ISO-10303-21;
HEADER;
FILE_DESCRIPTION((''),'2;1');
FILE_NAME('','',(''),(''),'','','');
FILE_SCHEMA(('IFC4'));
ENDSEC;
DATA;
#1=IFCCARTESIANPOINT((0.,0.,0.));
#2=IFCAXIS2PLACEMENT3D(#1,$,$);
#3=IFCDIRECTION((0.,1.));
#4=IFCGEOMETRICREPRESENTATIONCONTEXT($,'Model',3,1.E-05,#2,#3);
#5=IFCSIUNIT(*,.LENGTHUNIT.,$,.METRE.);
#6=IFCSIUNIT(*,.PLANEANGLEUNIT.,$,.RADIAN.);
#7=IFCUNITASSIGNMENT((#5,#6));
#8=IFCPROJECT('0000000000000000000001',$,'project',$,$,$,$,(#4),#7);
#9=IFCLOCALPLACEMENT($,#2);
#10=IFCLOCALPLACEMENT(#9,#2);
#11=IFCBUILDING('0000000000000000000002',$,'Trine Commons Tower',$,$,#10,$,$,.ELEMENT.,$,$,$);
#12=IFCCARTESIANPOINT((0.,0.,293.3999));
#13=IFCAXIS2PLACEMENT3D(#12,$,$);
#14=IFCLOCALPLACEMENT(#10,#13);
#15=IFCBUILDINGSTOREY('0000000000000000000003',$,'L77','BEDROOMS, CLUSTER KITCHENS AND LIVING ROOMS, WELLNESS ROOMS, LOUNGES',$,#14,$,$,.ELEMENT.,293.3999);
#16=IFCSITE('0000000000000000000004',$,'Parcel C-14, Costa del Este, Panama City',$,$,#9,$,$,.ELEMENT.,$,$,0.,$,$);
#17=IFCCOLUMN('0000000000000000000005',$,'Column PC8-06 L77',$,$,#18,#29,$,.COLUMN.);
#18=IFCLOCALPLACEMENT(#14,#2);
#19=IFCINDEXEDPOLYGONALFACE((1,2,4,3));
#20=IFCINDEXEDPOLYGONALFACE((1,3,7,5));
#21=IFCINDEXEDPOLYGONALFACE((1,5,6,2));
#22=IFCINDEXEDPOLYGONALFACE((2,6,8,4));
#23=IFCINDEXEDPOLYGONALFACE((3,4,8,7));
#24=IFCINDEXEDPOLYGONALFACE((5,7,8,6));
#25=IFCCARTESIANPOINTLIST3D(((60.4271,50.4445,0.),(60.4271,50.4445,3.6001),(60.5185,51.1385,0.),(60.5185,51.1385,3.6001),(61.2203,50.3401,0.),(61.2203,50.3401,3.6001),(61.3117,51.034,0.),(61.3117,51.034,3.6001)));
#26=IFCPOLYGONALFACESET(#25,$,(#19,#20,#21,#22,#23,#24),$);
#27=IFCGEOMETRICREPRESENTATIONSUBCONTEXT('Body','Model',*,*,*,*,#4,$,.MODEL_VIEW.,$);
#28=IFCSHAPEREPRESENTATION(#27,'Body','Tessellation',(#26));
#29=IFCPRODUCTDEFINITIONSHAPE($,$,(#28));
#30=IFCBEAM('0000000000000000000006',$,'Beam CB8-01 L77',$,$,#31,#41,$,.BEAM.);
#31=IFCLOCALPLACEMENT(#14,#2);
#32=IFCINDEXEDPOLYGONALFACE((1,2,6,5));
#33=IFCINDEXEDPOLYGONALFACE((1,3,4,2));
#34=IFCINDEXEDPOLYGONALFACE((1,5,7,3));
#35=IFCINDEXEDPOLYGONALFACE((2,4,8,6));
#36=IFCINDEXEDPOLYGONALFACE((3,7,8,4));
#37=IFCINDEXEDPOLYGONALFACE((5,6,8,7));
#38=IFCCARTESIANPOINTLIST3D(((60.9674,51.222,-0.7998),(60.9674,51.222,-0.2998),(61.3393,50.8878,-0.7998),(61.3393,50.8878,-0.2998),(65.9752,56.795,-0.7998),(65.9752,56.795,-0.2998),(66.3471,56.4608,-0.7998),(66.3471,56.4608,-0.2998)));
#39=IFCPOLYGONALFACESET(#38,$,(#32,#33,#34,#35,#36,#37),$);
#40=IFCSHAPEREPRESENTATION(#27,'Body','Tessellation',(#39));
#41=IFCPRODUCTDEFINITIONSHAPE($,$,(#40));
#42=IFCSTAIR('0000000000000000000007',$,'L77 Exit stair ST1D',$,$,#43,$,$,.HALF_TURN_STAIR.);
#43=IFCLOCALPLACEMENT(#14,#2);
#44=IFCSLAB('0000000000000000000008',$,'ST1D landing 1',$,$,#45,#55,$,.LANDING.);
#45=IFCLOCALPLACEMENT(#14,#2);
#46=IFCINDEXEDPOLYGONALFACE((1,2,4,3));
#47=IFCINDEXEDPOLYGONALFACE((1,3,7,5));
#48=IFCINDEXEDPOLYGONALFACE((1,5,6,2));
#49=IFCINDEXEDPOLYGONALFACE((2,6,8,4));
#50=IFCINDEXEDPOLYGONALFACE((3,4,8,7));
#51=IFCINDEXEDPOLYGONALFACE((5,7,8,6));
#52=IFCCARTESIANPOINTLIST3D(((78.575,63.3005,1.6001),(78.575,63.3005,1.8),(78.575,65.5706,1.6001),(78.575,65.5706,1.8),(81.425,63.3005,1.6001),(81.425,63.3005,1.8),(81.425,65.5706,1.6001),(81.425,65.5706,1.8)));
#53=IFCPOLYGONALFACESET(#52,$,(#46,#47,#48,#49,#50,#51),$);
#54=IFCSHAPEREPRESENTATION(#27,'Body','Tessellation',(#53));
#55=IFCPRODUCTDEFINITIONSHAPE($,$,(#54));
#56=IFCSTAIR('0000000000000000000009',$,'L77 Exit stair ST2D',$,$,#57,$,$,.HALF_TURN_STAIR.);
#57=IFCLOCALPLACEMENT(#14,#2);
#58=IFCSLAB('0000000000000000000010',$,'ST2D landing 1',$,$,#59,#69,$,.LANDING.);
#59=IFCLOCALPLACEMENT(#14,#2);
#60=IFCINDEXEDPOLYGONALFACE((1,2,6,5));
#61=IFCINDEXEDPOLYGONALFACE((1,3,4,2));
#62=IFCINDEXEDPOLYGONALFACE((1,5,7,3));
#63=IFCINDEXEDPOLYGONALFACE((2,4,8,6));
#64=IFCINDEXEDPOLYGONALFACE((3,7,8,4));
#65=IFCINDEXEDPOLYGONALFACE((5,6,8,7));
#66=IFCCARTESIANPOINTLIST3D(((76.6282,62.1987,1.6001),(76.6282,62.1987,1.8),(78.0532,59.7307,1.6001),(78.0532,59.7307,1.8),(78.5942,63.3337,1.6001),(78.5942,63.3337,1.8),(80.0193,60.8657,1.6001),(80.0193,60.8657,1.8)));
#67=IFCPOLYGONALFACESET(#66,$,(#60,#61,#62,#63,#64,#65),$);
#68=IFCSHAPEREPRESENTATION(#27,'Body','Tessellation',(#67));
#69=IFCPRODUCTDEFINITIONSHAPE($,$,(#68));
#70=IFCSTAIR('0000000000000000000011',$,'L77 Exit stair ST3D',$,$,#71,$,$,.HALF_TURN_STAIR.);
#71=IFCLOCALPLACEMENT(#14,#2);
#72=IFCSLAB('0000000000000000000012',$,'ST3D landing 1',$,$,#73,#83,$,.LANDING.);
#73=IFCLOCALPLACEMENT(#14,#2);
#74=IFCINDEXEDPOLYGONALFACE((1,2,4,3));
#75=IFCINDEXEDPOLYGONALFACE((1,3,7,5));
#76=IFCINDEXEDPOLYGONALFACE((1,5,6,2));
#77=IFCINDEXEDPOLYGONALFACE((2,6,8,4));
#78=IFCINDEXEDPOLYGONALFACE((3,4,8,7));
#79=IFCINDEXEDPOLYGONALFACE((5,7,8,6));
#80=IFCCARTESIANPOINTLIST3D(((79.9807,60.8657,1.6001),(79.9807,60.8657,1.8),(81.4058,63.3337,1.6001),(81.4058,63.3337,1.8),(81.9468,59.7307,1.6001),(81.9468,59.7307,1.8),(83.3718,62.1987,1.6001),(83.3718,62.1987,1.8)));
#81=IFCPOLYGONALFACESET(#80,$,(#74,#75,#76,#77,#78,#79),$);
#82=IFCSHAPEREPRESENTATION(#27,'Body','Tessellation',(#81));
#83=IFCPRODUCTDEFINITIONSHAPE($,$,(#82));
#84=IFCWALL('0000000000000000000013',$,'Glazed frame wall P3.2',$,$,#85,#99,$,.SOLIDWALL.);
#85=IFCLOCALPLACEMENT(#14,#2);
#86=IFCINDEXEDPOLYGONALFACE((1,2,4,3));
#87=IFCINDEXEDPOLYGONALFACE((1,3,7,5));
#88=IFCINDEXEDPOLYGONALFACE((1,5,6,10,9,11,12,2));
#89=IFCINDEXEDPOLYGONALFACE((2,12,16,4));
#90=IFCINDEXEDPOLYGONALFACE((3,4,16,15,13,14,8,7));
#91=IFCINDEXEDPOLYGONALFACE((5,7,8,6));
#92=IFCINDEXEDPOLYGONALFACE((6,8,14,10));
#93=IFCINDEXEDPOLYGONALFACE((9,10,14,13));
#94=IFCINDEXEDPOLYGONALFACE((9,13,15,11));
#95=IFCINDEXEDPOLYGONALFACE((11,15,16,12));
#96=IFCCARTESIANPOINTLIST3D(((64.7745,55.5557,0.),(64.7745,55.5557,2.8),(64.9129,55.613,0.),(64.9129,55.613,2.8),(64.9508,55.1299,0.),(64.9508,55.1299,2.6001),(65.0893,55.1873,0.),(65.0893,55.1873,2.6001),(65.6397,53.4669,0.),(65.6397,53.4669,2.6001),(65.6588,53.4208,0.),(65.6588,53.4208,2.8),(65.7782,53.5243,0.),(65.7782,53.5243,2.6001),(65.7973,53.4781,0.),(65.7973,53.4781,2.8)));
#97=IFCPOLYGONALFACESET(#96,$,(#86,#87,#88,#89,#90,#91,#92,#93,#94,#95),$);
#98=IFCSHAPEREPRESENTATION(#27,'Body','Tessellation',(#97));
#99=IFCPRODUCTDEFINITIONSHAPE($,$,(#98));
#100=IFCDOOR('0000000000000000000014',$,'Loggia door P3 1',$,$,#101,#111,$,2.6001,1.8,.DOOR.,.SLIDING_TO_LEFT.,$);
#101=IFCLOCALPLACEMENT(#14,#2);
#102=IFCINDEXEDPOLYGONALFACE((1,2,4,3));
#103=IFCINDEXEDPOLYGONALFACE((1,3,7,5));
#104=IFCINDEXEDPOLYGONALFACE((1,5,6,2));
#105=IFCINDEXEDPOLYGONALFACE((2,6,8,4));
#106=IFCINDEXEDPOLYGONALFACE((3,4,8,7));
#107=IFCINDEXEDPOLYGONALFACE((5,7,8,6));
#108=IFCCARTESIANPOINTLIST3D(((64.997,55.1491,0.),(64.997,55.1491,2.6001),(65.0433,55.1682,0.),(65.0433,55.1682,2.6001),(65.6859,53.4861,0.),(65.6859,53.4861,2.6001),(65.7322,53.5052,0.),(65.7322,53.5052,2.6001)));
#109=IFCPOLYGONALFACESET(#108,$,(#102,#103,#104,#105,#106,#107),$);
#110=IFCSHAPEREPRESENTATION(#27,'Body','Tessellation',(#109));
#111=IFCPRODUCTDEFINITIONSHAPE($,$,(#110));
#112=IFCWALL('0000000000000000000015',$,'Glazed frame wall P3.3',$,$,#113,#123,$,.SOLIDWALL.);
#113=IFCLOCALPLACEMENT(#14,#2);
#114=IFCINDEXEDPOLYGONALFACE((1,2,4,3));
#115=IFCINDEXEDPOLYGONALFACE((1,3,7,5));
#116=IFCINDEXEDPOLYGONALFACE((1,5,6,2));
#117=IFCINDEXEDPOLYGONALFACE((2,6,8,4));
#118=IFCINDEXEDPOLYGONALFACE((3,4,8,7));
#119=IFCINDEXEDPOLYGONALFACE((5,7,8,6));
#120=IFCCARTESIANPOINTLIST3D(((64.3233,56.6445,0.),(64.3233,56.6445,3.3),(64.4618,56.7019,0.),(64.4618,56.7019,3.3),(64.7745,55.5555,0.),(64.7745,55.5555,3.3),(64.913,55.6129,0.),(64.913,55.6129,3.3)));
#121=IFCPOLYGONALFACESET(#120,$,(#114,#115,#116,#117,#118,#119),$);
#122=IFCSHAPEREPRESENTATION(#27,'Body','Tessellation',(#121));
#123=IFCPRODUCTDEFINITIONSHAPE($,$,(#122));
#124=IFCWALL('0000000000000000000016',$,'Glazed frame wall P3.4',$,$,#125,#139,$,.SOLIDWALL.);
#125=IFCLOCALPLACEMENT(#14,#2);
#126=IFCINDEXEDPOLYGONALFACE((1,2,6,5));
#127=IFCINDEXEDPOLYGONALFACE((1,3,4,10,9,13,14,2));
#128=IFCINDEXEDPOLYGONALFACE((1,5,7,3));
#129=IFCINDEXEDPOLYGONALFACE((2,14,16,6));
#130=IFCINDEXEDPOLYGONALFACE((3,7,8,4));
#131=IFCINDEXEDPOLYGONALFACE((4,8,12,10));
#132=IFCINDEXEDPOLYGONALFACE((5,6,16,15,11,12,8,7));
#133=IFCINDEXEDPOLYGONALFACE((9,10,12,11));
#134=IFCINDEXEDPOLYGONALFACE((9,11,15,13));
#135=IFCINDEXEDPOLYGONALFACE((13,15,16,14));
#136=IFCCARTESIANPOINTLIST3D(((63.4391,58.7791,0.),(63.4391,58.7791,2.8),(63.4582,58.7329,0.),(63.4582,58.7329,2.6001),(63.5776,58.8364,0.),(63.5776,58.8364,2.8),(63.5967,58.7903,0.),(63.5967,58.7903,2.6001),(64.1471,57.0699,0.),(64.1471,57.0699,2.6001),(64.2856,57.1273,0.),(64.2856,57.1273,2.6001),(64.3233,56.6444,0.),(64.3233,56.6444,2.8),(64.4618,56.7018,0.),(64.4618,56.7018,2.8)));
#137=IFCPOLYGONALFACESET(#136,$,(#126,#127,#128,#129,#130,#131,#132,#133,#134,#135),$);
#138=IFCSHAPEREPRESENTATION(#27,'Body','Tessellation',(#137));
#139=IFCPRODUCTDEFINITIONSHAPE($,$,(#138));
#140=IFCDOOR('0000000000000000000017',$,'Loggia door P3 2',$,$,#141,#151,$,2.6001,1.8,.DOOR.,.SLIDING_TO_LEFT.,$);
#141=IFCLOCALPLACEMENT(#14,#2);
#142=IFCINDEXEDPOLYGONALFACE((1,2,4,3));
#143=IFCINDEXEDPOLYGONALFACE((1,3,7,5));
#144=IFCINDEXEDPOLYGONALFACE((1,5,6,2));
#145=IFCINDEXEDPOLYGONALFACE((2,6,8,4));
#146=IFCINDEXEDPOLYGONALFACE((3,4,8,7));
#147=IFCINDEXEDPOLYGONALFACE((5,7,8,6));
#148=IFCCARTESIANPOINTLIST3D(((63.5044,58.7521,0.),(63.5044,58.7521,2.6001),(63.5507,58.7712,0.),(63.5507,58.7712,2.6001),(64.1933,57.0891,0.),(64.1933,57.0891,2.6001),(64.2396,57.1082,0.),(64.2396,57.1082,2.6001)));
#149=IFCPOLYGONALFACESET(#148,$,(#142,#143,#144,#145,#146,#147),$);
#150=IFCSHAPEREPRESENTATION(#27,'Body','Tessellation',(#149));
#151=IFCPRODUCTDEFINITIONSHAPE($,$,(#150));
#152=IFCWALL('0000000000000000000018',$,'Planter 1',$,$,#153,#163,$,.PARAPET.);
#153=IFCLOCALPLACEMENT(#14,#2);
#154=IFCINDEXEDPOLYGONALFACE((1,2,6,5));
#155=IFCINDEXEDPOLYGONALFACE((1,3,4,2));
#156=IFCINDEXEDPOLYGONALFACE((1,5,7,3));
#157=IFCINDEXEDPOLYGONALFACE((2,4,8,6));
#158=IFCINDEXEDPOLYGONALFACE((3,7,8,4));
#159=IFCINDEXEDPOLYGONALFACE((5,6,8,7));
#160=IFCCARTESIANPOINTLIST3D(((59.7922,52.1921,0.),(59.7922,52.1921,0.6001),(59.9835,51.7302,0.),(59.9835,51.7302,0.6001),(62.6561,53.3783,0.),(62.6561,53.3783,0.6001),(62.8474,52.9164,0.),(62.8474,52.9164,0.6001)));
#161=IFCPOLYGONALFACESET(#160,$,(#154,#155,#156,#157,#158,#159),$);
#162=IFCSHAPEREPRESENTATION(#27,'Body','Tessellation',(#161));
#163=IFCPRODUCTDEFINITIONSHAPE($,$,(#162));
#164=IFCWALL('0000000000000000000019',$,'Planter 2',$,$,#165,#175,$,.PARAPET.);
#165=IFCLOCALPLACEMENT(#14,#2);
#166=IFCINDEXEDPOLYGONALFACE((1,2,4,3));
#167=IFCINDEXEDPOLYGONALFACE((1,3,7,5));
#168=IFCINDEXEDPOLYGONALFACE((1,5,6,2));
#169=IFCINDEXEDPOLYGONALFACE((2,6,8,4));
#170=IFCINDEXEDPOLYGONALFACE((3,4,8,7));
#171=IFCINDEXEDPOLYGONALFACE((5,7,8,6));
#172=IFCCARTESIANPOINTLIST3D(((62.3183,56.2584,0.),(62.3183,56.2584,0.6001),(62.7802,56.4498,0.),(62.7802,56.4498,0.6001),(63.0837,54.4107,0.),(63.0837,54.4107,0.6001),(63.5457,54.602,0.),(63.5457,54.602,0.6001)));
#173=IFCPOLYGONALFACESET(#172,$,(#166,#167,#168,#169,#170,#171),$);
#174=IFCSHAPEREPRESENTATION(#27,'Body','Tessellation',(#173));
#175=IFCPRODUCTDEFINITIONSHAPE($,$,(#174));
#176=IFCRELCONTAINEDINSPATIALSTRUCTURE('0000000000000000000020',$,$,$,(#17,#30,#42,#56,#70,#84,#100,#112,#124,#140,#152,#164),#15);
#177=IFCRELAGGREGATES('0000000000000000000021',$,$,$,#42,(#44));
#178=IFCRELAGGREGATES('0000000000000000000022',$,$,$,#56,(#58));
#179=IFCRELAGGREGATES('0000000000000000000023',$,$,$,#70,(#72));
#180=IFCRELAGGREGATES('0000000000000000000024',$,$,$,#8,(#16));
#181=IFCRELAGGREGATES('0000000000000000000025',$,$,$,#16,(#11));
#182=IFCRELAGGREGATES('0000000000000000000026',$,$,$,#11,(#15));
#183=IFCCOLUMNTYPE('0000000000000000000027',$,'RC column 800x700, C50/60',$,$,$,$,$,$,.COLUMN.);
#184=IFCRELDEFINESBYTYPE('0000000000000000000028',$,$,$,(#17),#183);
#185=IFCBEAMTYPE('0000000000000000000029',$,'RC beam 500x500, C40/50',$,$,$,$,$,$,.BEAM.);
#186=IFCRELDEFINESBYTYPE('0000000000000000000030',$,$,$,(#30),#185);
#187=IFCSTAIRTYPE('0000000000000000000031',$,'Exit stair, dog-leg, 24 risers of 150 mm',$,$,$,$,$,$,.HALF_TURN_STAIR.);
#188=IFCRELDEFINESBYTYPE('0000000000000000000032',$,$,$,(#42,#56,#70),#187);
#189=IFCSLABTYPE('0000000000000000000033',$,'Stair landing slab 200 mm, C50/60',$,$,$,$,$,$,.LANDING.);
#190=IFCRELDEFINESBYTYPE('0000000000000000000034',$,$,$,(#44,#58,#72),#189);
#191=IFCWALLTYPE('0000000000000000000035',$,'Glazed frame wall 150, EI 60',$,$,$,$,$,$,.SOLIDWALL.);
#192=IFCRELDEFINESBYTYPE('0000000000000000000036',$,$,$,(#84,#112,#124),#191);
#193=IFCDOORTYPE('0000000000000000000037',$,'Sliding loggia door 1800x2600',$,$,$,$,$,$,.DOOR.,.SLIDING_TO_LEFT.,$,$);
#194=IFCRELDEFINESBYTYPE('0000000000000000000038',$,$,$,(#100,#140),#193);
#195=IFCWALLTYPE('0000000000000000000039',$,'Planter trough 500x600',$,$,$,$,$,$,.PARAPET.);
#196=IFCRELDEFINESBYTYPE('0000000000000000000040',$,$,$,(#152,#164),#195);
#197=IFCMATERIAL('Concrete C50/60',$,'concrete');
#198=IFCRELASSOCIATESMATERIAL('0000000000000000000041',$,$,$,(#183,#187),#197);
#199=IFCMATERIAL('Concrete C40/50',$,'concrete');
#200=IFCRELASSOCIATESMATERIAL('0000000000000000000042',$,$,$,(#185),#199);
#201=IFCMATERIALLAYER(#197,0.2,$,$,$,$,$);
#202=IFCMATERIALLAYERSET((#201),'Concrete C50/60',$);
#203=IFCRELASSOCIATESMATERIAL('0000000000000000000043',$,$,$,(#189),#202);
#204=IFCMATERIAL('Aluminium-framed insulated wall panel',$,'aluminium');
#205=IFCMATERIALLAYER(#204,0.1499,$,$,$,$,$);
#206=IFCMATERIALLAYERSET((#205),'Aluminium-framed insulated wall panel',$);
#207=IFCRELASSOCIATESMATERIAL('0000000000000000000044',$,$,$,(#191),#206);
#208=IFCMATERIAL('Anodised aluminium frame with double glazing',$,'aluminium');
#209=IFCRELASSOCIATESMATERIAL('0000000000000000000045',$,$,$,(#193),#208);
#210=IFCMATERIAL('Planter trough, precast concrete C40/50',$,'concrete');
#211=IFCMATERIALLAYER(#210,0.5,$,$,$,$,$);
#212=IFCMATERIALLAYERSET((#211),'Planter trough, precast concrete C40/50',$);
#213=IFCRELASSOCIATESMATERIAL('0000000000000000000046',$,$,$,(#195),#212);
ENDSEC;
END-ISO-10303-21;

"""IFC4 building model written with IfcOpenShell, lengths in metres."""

from ifc_helpers import new_model, si_unit, direction, frame, frame_2d, origin, origin_2d, place, context, subcontext, project, spatial, polyline, rectangle, outline, extrude, material, layer, layer_set, material_profile, profile_set, type_object, element, fill, aggregate, save


model = new_model("IFC4")

# Units and contexts
model_context = context("Model", 3, precision=1e-05, world=origin(), true_north=direction((0.0, 1.0)))
body_context = subcontext(model_context, "Body", "Model", "MODEL_VIEW")
ifc_project = project(units=[si_unit("LENGTHUNIT", "METRE"), si_unit("PLANEANGLEUNIT", "RADIAN")], contexts=[model_context])

# Site, building, storey
site_placement = place(None, origin())
site = spatial("IfcSite", under=ifc_project, at=site_placement, Name="Parcel C-14, Costa del Este, Panama City", CompositionType="ELEMENT", RefElevation=0.0)
building_placement = place(site_placement, origin())
building = spatial("IfcBuilding", under=site, at=building_placement, Name="Trine Commons Tower", CompositionType="ELEMENT")
storey_placement = place(building_placement, frame((0.0, 0.0, 293.3999)))
storey = spatial("IfcBuildingStorey", under=building, at=storey_placement, Name="L77", Description="BEDROOMS, CLUSTER KITCHENS AND LIVING ROOMS, WELLNESS ROOMS, LOUNGES", CompositionType="ELEMENT", Elevation=293.3999)

# Column
ifc_material_1 = material(Name="Concrete C50/60", Category="concrete")
ifc_material_profile_1 = material_profile(ifc_material_1, rectangle(XDim=0.8, YDim=0.7, at=origin_2d()), Name="RC 800x700")
ifc_profile_set_1 = profile_set([ifc_material_profile_1], Name="Concrete C50/60")
column_type = type_object("IfcColumnType", Name="RC column 800x700, C50/60", PredefinedType="COLUMN", material=ifc_profile_set_1)
column_placement = place(storey_placement, frame((60.8694, 50.7393, 0.0), z_axis=(0.0, 0.0, 1.0), x_axis=(-0.991445, 0.130526, 0.0)))
element("IfcColumn", 1, at=column_placement, inside=storey, type_object=column_type, Name="Column PC8-06 L77", PredefinedType="COLUMN", context=body_context, shape_type="SweptSolid", body=[
    extrude(rectangle(XDim=0.8, YDim=0.7, at=origin_2d()), origin(), (0.0, 0.0, 1.0), 3.6001),
])

# Beam
ifc_material_2 = material(Name="Concrete C40/50", Category="concrete")
ifc_material_profile_2 = material_profile(ifc_material_2, rectangle(XDim=0.5, YDim=0.5, at=origin_2d()), Name="RC 500x500")
ifc_profile_set_2 = profile_set([ifc_material_profile_2], Name="Concrete C40/50")
beam_type = type_object("IfcBeamType", Name="RC beam 500x500, C40/50", PredefinedType="BEAM", material=ifc_profile_set_2)
beam_placement = place(storey_placement, frame((61.1533, 51.0549, -0.5498), z_axis=(0.668383, 0.743817, 0.0), x_axis=(-0.743817, 0.668383, 0.0)))
element("IfcBeam", 2, at=beam_placement, inside=storey, type_object=beam_type, Name="Beam CB8-01 L77", PredefinedType="BEAM", context=body_context, shape_type="SweptSolid", body=[
    extrude(rectangle(XDim=0.5, YDim=0.5, at=origin_2d()), origin(), (0.0, 0.0, 1.0), 7.4924),
])

# Stairs, slabs
stair_type = type_object("IfcStairType", Name="Exit stair, dog-leg, 24 risers of 150 mm", PredefinedType="HALF_TURN_STAIR", material=ifc_material_1)
stair_1_placement = place(storey_placement, origin())
stair_1 = element("IfcStair", 3, at=stair_1_placement, inside=storey, type_object=stair_type, Name="L77 Exit stair ST1D", PredefinedType="HALF_TURN_STAIR")
ifc_layer_1 = layer(ifc_material_1, 0.2)
ifc_layer_set_1 = layer_set([ifc_layer_1], Name="Concrete C50/60")
slab_type = type_object("IfcSlabType", Name="Stair landing slab 200 mm, C50/60", PredefinedType="LANDING", material=ifc_layer_set_1)
slab_1_placement = place(storey_placement, frame((0.0, 0.0, 1.6001)))
slab_1 = element("IfcSlab", 4, at=slab_1_placement, type_object=slab_type, Name="ST1D landing 1", PredefinedType="LANDING", context=body_context, shape_type="SweptSolid", body=[
    extrude(outline(polyline([(78.575, 65.5706), (78.575, 63.3005), (81.425, 63.3005), (81.425, 65.5706), (78.575, 65.5706)])), origin(), (0.0, 0.0, 1.0), 0.2),
])
aggregate(stair_1, [slab_1])
stair_2_placement = place(storey_placement, origin())
stair_2 = element("IfcStair", 5, at=stair_2_placement, inside=storey, type_object=stair_type, Name="L77 Exit stair ST2D", PredefinedType="HALF_TURN_STAIR")
slab_2_placement = place(storey_placement, frame((0.0, 0.0, 1.6001)))
slab_2 = element("IfcSlab", 6, at=slab_2_placement, type_object=slab_type, Name="ST2D landing 1", PredefinedType="LANDING", context=body_context, shape_type="SweptSolid", body=[
    extrude(outline(polyline([(78.0532, 59.7307), (80.0193, 60.8657), (78.5942, 63.3337), (76.6282, 62.1987), (78.0532, 59.7307)])), origin(), (0.0, 0.0, 1.0), 0.2),
])
aggregate(stair_2, [slab_2])
stair_3_placement = place(storey_placement, origin())
stair_3 = element("IfcStair", 7, at=stair_3_placement, inside=storey, type_object=stair_type, Name="L77 Exit stair ST3D", PredefinedType="HALF_TURN_STAIR")
slab_3_placement = place(storey_placement, frame((0.0, 0.0, 1.6001)))
slab_3 = element("IfcSlab", 8, at=slab_3_placement, type_object=slab_type, Name="ST3D landing 1", PredefinedType="LANDING", context=body_context, shape_type="SweptSolid", body=[
    extrude(outline(polyline([(83.3718, 62.1987), (81.4058, 63.3337), (79.9807, 60.8657), (81.9468, 59.7307), (83.3718, 62.1987)])), origin(), (0.0, 0.0, 1.0), 0.2),
])
aggregate(stair_3, [slab_3])

# Shared definitions
ifc_material_3 = material(Name="Aluminium-framed insulated wall panel", Category="aluminium")
ifc_layer_2 = layer(ifc_material_3, 0.1499)
ifc_layer_set_2 = layer_set([ifc_layer_2], Name="Aluminium-framed insulated wall panel")
wall_type_1 = type_object("IfcWallType", Name="Glazed frame wall 150, EI 60", PredefinedType="SOLIDWALL", material=ifc_layer_set_2)

# Wall, opening, door
wall_1_placement = place(storey_placement, frame((65.728, 53.4495, 0.0), z_axis=(0.0, 0.0, 1.0), x_axis=(-0.382694, 0.923875, 0.0)))
wall_1 = element("IfcWall", 9, at=wall_1_placement, inside=storey, type_object=wall_type_1, Name="Glazed frame wall P3.2", PredefinedType="SOLIDWALL", context=body_context, shape_type="SweptSolid", body=[
    extrude(outline(polyline([(0.0, -0.075), (2.3108, -0.075), (2.3108, 0.075), (0.0, 0.075), (0.0, -0.075)])), origin(), (0.0, 0.0, 1.0), 2.8),
])
opening_1_placement = place(wall_1_placement, frame((0.05, 0.0, 0.0)))
opening_1 = element("IfcOpeningElement", 10, at=opening_1_placement, cuts=wall_1, PredefinedType="OPENING", context=body_context, shape_type="SweptSolid", body=[
    extrude(rectangle(XDim=1.8, YDim=2.6001, at=frame_2d((0.8999, 1.3))), frame((0.0, 0.085, 0.0), z_axis=(0.0, -1.0, 0.0), x_axis=(1.0, 0.0, 0.0)), (0.0, 0.0, 1.0), 0.1699),
])
ifc_material_4 = material(Name="Anodised aluminium frame with double glazing", Category="aluminium")
door_type = type_object("IfcDoorType", Name="Sliding loggia door 1800x2600", OperationType="SLIDING_TO_LEFT", PredefinedType="DOOR", material=ifc_material_4)
door_1_placement = place(opening_1_placement, origin())
door_1 = element("IfcDoor", 11, at=door_1_placement, inside=storey, type_object=door_type, Name="Loggia door P3 1", OperationType="SLIDING_TO_LEFT", OverallHeight=2.6001, OverallWidth=1.8, PredefinedType="DOOR", context=body_context, shape_type="SweptSolid", body=[
    extrude(rectangle(XDim=1.8, YDim=2.6001, at=frame_2d((0.8999, 1.3))), frame((0.0, 0.0249, 0.0), z_axis=(0.0, -1.0, 0.0), x_axis=(1.0, 0.0, 0.0)), (0.0, 0.0, 1.0), 0.05),
])
fill(opening_1, door_1)

# Wall
wall_2_placement = place(storey_placement, frame((64.8438, 55.5842, 0.0), z_axis=(0.0, 0.0, 1.0), x_axis=(-0.382791, 0.923835, 0.0)))
element("IfcWall", 12, at=wall_2_placement, inside=storey, type_object=wall_type_1, Name="Glazed frame wall P3.3", PredefinedType="SOLIDWALL", context=body_context, shape_type="SweptSolid", body=[
    extrude(outline(polyline([(0.0, -0.075), (1.1787, -0.075), (1.1787, 0.075), (0.0, 0.075), (0.0, -0.075)])), origin(), (0.0, 0.0, 1.0), 3.3),
])

# Wall, opening, door
wall_3_placement = place(storey_placement, frame((64.3926, 56.6731, 0.0), z_axis=(0.0, 0.0, 1.0), x_axis=(-0.382694, 0.923875, 0.0)))
wall_3 = element("IfcWall", 13, at=wall_3_placement, inside=storey, type_object=wall_type_1, Name="Glazed frame wall P3.4", PredefinedType="SOLIDWALL", context=body_context, shape_type="SweptSolid", body=[
    extrude(outline(polyline([(0.0, -0.075), (2.3105, -0.075), (2.3105, 0.075), (0.0, 0.075), (0.0, -0.075)])), origin(), (0.0, 0.0, 1.0), 2.8),
])
opening_2_placement = place(wall_3_placement, frame((0.4607, 0.0, 0.0)))
opening_2 = element("IfcOpeningElement", 14, at=opening_2_placement, cuts=wall_3, PredefinedType="OPENING", context=body_context, shape_type="SweptSolid", body=[
    extrude(rectangle(XDim=1.8, YDim=2.6001, at=frame_2d((0.8999, 1.3))), frame((0.0, 0.085, 0.0), z_axis=(0.0, -1.0, 0.0), x_axis=(1.0, 0.0, 0.0)), (0.0, 0.0, 1.0), 0.1699),
])
door_2_placement = place(opening_2_placement, origin())
door_2 = element("IfcDoor", 15, at=door_2_placement, inside=storey, type_object=door_type, Name="Loggia door P3 2", OperationType="SLIDING_TO_LEFT", OverallHeight=2.6001, OverallWidth=1.8, PredefinedType="DOOR", context=body_context, shape_type="SweptSolid", body=[
    extrude(rectangle(XDim=1.8, YDim=2.6001, at=frame_2d((0.8999, 1.3))), frame((0.0, 0.0249, 0.0), z_axis=(0.0, -1.0, 0.0), x_axis=(1.0, 0.0, 0.0)), (0.0, 0.0, 1.0), 0.05),
])
fill(opening_2, door_2)

# Walls
ifc_material_5 = material(Name="Planter trough, precast concrete C40/50", Category="concrete")
ifc_layer_3 = layer(ifc_material_5, 0.5)
ifc_layer_set_3 = layer_set([ifc_layer_3], Name="Planter trough, precast concrete C40/50")
wall_type_2 = type_object("IfcWallType", Name="Planter trough 500x600", PredefinedType="PARAPET", material=ifc_layer_set_3)
wall_4_placement = place(storey_placement, frame((59.8879, 51.9612, 0.0), z_axis=(0.0, 0.0, 1.0), x_axis=(0.923883, 0.382674, 0.0)))
element("IfcWall", 16, at=wall_4_placement, inside=storey, type_object=wall_type_2, Name="Planter 1", PredefinedType="PARAPET", context=body_context, shape_type="SweptSolid", body=[
    extrude(rectangle(XDim=3.0999, YDim=0.5, at=frame_2d((1.5498, 0.0))), origin(), (0.0, 0.0, 1.0), 0.6001),
])
wall_5_placement = place(storey_placement, frame((63.3147, 54.5063, 0.0), z_axis=(0.0, 0.0, 1.0), x_axis=(-0.382708, 0.92387, 0.0)))
element("IfcWall", 17, at=wall_5_placement, inside=storey, type_object=wall_type_2, Name="Planter 2", PredefinedType="PARAPET", context=body_context, shape_type="SweptSolid", body=[
    extrude(rectangle(XDim=2.0, YDim=0.5, at=frame_2d((1.0, 0.0))), origin(), (0.0, 0.0, 1.0), 0.6001),
])

save(model, "model.ifc")
